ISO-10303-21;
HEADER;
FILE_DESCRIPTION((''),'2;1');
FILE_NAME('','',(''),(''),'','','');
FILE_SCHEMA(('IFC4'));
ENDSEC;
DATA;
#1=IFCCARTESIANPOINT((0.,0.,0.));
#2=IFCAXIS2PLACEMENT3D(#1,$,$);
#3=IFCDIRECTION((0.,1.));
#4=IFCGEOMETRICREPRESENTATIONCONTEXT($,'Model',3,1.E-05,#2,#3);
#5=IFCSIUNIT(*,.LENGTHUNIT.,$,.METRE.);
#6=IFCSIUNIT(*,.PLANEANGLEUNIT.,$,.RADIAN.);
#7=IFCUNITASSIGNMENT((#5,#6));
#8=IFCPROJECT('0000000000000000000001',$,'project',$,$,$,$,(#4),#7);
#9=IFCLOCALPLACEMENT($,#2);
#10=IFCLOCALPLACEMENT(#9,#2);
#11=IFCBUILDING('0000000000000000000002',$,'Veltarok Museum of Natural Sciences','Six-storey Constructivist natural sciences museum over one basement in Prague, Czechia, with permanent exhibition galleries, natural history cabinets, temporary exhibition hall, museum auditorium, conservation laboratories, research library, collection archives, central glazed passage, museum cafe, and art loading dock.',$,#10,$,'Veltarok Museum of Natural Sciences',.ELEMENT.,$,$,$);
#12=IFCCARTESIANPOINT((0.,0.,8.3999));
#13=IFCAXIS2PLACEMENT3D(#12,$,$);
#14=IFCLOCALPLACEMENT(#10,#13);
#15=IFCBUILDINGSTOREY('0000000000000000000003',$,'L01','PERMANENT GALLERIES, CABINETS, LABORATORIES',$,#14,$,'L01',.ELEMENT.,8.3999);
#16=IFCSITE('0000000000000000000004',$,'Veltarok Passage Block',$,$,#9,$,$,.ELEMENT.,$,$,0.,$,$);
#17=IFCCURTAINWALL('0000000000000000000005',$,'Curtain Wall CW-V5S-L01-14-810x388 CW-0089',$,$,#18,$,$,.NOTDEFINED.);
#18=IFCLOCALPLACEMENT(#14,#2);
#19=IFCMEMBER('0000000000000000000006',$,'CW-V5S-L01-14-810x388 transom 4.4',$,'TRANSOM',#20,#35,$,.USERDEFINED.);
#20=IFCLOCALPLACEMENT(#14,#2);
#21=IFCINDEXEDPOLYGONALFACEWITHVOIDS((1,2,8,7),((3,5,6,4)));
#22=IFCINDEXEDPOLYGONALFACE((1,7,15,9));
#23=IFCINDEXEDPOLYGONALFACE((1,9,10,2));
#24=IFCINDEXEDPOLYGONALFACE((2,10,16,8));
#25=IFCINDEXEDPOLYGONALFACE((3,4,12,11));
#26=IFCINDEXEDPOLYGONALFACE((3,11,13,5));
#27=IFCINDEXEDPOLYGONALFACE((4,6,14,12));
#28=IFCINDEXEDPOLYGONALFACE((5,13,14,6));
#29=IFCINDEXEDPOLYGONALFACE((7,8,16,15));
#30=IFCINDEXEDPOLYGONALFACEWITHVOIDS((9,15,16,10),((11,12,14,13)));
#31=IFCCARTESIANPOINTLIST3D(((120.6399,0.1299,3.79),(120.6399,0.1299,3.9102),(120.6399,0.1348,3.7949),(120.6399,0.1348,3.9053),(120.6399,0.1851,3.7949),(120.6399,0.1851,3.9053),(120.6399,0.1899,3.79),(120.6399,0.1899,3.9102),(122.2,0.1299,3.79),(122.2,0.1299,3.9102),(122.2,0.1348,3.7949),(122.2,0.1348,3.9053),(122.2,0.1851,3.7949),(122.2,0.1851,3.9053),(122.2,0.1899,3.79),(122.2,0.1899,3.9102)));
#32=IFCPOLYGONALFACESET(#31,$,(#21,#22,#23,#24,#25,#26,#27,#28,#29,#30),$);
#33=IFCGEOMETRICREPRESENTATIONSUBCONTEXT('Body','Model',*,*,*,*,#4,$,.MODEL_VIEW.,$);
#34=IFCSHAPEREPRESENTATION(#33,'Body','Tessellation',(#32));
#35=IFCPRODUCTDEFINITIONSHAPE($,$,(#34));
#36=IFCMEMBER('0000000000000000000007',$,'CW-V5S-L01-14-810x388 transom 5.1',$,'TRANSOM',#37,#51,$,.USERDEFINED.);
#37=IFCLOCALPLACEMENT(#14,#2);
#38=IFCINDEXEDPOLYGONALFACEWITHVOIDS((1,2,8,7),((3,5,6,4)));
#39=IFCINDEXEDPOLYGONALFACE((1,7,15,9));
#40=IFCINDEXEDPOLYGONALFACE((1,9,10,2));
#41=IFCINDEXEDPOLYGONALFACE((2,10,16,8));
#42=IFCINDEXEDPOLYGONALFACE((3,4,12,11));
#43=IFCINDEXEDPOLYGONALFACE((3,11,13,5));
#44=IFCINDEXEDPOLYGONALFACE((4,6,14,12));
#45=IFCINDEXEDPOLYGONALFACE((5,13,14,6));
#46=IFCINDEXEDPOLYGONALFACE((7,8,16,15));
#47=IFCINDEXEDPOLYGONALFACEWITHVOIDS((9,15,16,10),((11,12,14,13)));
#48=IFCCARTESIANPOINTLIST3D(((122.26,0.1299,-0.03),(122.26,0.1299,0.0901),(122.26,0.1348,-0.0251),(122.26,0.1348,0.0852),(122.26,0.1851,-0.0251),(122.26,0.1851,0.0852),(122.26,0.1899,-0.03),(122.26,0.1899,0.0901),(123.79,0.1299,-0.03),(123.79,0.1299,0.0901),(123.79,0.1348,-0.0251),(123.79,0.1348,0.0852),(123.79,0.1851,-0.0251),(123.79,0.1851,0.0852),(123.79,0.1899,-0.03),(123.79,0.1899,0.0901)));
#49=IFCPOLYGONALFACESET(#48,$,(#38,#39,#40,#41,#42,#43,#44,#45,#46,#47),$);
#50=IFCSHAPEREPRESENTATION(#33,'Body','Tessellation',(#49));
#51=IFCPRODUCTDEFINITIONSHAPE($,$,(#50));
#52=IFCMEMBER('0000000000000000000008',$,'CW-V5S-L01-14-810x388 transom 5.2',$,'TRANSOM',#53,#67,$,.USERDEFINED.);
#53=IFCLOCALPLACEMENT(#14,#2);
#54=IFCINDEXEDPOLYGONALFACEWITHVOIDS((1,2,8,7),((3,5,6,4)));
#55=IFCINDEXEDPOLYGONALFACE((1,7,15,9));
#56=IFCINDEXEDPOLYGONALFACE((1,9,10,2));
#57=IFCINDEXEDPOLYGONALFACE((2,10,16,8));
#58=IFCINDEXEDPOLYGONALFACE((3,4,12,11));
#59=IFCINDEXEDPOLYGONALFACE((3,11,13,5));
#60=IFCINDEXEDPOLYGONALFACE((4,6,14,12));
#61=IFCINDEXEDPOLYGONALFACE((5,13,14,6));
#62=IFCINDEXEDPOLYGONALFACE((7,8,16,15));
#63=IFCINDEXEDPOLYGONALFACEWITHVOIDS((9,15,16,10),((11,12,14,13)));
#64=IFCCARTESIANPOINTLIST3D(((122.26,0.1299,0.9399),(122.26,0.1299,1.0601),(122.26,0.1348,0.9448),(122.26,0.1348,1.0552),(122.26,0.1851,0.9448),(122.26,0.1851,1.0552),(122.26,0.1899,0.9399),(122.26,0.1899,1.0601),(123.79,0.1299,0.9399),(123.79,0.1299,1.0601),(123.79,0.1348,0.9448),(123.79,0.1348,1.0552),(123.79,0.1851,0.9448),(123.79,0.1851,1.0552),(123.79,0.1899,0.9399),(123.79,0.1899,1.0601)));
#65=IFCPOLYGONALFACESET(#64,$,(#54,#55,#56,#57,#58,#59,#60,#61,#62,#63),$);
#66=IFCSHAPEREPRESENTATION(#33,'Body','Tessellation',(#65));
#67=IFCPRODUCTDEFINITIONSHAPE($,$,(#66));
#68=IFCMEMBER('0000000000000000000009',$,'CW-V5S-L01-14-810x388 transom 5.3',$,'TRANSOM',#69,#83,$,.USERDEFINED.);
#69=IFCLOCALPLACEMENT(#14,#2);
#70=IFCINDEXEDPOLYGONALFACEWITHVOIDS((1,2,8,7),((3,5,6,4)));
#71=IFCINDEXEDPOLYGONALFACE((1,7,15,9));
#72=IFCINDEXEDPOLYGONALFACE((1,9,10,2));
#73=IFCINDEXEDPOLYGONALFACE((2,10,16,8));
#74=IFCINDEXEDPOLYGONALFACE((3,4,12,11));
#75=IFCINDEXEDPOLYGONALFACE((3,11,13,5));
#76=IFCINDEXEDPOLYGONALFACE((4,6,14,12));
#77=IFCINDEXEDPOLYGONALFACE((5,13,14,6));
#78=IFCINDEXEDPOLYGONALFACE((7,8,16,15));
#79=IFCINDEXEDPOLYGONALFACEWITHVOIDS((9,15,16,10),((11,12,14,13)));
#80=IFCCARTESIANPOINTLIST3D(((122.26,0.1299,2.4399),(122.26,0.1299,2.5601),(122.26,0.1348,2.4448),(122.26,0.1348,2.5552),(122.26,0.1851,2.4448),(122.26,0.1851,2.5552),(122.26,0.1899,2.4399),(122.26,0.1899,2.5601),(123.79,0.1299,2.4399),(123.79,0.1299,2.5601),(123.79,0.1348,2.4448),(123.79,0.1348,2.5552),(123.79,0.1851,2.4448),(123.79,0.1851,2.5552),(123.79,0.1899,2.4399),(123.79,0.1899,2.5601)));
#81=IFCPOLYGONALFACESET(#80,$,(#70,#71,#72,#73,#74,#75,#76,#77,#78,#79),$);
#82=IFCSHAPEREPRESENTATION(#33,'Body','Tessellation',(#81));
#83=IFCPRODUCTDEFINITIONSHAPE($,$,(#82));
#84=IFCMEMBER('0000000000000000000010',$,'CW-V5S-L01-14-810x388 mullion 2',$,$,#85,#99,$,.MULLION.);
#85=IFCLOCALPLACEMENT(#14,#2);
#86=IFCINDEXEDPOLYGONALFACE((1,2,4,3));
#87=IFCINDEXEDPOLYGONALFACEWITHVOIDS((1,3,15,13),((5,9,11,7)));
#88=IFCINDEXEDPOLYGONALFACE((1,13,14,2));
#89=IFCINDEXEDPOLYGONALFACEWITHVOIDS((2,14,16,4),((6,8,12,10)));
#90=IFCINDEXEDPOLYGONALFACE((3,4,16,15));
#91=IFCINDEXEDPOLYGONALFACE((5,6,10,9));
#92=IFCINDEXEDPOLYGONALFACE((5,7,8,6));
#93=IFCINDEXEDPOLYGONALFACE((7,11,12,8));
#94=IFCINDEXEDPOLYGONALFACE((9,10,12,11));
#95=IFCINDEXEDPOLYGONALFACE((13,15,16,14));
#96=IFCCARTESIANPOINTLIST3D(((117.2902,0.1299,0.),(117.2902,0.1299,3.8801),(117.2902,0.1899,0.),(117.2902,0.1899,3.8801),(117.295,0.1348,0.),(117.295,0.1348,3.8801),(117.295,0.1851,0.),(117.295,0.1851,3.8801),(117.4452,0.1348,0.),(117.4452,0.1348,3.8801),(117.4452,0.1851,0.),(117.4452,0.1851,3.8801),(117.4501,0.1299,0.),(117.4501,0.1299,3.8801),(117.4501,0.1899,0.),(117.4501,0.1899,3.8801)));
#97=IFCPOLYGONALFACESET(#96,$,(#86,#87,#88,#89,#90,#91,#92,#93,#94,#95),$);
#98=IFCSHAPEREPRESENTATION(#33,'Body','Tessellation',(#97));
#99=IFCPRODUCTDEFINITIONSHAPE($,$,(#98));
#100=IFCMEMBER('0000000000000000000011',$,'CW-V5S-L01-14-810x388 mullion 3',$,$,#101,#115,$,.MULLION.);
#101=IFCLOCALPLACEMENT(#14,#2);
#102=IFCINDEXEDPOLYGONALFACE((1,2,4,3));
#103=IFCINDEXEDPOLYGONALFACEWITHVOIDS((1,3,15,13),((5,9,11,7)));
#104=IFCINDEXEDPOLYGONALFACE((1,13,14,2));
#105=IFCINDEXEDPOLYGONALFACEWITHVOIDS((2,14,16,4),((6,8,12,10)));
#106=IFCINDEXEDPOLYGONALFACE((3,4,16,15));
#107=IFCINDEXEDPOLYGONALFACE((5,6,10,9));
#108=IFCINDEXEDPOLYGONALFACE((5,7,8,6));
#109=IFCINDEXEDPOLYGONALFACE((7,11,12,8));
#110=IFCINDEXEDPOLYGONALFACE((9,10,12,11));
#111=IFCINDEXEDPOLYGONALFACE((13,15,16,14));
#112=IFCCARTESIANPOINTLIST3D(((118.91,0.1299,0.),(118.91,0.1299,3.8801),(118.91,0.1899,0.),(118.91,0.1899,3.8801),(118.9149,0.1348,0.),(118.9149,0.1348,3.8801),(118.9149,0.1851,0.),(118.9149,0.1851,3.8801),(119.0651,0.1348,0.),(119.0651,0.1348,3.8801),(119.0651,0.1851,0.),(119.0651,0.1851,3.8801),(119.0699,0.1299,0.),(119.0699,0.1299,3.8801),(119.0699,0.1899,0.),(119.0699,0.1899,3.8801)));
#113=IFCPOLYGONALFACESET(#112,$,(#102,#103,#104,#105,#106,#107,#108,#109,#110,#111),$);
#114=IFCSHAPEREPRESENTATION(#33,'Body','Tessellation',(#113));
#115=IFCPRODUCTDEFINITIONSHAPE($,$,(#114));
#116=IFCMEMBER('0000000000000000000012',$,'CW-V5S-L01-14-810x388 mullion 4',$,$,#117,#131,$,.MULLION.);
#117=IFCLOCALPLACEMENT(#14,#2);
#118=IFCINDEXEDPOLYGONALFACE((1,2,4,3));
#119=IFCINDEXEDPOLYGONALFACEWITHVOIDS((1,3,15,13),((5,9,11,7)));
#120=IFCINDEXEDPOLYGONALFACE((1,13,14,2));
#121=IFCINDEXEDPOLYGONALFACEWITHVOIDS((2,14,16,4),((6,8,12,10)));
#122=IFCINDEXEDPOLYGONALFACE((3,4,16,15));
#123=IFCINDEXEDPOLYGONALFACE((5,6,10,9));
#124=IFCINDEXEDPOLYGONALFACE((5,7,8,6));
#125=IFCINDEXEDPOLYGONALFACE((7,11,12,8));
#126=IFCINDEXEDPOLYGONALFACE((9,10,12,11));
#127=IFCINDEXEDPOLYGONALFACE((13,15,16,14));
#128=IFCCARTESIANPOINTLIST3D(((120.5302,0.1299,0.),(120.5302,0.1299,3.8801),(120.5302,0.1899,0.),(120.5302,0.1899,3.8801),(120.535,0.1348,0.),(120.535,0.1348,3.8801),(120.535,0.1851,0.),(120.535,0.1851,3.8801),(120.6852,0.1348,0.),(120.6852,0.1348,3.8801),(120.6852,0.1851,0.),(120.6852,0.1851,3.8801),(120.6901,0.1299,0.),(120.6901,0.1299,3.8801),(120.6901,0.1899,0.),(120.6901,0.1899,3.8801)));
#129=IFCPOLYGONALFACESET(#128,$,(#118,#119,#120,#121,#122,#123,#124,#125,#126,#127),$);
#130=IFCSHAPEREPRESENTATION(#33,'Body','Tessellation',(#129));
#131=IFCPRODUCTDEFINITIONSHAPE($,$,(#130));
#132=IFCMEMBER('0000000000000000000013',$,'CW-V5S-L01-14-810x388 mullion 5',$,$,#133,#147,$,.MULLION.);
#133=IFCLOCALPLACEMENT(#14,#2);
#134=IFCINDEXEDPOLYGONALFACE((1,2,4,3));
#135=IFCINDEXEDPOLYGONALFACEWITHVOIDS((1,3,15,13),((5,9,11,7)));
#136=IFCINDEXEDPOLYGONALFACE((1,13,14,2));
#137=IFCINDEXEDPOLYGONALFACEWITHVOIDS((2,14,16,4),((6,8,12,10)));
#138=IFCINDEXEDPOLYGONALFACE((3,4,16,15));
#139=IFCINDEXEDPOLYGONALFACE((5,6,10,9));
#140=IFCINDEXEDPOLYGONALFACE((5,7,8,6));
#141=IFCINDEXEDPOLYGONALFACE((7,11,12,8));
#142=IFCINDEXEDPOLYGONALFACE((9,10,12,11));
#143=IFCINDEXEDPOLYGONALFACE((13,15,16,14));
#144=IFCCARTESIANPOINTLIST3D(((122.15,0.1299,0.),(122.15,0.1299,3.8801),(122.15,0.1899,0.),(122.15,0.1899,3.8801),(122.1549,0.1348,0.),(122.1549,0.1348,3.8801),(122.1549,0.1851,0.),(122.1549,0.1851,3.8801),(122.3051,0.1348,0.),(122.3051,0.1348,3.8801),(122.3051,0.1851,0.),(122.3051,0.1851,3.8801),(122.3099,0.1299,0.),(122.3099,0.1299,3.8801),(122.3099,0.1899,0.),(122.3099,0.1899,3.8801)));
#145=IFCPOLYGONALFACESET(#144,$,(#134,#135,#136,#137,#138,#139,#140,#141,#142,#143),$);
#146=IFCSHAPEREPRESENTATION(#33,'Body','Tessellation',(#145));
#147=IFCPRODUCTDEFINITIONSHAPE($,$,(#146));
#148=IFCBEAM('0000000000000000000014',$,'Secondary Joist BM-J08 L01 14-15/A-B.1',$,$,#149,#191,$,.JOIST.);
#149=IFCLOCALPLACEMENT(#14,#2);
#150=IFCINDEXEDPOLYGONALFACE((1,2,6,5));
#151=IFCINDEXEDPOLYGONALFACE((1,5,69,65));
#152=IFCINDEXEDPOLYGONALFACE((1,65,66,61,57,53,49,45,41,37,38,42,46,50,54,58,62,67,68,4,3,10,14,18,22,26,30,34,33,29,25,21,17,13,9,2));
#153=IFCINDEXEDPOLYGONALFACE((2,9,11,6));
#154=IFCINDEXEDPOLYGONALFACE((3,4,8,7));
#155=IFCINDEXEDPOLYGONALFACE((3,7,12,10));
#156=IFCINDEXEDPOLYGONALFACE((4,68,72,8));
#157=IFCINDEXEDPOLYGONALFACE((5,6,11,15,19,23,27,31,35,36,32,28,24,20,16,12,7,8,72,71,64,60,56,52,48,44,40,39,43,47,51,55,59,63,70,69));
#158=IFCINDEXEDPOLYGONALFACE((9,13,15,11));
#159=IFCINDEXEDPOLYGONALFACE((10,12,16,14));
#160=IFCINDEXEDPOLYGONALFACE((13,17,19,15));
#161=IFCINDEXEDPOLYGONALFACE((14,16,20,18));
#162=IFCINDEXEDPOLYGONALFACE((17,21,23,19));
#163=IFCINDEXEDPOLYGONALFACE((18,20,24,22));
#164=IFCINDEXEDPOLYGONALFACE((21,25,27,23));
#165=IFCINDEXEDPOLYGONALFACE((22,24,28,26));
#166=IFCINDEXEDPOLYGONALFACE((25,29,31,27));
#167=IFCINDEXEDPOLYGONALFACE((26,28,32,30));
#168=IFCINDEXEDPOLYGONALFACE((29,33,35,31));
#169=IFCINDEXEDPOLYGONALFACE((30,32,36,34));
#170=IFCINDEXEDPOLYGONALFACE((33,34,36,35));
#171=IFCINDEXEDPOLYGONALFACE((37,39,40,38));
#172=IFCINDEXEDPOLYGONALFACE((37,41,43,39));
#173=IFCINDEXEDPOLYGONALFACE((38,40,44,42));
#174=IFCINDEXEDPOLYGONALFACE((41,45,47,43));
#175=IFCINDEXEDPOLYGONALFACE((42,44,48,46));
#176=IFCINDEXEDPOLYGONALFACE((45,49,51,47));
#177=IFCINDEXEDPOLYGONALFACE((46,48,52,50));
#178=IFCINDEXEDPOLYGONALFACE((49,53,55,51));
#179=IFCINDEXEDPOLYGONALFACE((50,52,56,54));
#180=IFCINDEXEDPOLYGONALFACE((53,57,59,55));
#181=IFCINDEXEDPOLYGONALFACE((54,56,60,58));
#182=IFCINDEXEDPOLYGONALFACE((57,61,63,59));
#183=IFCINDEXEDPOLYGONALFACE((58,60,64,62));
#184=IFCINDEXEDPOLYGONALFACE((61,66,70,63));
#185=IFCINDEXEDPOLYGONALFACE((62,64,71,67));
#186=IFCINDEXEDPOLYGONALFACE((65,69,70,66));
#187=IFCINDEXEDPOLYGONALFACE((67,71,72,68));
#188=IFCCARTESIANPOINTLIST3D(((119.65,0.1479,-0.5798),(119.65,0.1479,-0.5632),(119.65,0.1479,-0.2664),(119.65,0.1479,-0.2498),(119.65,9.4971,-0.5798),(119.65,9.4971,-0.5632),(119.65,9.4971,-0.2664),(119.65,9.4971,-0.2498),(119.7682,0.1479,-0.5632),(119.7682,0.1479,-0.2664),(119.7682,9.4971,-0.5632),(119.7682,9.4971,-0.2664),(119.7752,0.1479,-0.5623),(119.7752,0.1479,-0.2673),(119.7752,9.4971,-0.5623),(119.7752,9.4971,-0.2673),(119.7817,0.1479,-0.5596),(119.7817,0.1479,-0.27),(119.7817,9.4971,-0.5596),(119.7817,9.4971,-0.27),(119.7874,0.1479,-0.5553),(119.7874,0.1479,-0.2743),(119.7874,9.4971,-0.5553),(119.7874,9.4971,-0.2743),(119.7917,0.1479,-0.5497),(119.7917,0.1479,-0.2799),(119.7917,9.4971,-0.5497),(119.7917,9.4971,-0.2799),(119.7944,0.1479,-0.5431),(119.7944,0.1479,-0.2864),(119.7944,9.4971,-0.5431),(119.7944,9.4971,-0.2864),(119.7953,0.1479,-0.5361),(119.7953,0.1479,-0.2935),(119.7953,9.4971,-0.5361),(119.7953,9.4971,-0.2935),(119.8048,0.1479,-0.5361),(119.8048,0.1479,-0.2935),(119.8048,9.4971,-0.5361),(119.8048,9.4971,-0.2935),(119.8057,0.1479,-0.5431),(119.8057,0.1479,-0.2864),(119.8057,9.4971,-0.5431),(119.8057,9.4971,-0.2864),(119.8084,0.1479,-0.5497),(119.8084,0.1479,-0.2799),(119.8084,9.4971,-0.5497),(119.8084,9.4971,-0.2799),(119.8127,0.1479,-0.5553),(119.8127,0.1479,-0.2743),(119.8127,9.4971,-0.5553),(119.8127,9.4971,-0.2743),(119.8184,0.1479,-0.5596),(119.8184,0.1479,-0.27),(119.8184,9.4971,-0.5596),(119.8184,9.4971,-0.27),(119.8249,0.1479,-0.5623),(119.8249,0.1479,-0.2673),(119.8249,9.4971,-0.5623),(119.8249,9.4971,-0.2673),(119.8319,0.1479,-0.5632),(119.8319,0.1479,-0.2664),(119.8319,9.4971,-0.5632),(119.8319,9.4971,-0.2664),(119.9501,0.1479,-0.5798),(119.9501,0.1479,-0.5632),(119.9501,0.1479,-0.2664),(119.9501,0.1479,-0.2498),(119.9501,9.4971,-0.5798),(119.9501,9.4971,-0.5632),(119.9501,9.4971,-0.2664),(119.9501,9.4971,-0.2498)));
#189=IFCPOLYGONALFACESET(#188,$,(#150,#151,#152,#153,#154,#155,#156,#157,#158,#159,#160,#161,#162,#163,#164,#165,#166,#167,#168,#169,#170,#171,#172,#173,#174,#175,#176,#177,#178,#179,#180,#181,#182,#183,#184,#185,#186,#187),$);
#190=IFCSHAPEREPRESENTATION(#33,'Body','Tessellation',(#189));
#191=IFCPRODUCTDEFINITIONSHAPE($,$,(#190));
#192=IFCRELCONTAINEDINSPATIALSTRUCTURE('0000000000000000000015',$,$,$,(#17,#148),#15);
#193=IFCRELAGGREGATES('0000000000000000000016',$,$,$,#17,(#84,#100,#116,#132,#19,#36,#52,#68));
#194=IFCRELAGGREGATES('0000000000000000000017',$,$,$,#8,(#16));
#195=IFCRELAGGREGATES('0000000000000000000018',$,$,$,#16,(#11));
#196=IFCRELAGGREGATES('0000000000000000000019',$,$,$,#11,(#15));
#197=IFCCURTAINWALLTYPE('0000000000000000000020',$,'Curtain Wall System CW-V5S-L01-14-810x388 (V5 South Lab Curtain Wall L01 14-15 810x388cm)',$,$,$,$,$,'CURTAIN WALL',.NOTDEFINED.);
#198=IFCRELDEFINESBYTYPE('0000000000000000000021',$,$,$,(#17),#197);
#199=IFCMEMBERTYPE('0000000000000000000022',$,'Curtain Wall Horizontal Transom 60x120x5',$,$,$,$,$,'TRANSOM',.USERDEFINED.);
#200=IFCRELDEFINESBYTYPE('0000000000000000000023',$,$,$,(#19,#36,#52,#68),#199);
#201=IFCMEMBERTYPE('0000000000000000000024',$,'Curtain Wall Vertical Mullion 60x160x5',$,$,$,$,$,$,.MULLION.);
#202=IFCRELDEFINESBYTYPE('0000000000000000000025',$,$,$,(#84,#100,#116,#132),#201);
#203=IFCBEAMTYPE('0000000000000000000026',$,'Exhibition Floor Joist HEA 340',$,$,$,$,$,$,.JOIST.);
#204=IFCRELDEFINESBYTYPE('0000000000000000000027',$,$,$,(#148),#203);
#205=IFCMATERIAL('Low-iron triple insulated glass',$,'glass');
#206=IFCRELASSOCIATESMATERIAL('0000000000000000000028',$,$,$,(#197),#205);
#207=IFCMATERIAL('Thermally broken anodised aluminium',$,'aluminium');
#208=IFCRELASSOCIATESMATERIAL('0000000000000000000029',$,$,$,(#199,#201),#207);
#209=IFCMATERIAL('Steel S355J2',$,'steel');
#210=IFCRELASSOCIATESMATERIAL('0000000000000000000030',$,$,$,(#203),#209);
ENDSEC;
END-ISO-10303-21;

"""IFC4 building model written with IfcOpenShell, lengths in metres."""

from ifc_helpers import new_model, si_unit, direction, frame, origin, origin_2d, place, context, subcontext, project, spatial, hollow_rectangle, i_section, extrude, material, material_profile, profile_set, type_object, element, aggregate, save


model = new_model("IFC4")

# Units and contexts
model_context = context("Model", 3, precision=1e-05, world=origin(), true_north=direction((0.0, 1.0)))
body_context = subcontext(model_context, "Body", "Model", "MODEL_VIEW")
ifc_project = project(units=[si_unit("LENGTHUNIT", "METRE"), si_unit("PLANEANGLEUNIT", "RADIAN")], contexts=[model_context])

# Site, building, storey
site_placement = place(None, origin())
site = spatial("IfcSite", under=ifc_project, at=site_placement, Name="Veltarok Passage Block", CompositionType="ELEMENT", RefElevation=0.0)
building_placement = place(site_placement, origin())
building = spatial("IfcBuilding", under=site, at=building_placement, Name="Veltarok Museum of Natural Sciences", Description="Six-storey Constructivist natural sciences museum over one basement in Prague, Czechia, with permanent exhibition galleries, natural history cabinets, temporary exhibition hall, museum auditorium, conservation laboratories, research library, collection archives, central glazed passage, museum cafe, and art loading dock.", LongName="Veltarok Museum of Natural Sciences", CompositionType="ELEMENT")
storey_placement = place(building_placement, frame((0.0, 0.0, 8.3999)))
storey = spatial("IfcBuildingStorey", under=building, at=storey_placement, Name="L01", Description="PERMANENT GALLERIES, CABINETS, LABORATORIES", LongName="L01", CompositionType="ELEMENT", Elevation=8.3999)

# Curtain wall, members
ifc_material_1 = material(Name="Low-iron triple insulated glass", Category="glass")
curtain_wall_type = type_object("IfcCurtainWallType", Name="Curtain Wall System CW-V5S-L01-14-810x388 (V5 South Lab Curtain Wall L01 14-15 810x388cm)", ElementType="CURTAIN WALL", PredefinedType="NOTDEFINED", material=ifc_material_1)
curtain_wall_placement = place(storey_placement, origin())
curtain_wall = element("IfcCurtainWall", 1, at=curtain_wall_placement, inside=storey, type_object=curtain_wall_type, Name="Curtain Wall CW-V5S-L01-14-810x388 CW-0089", PredefinedType="NOTDEFINED")
ifc_material_2 = material(Name="Thermally broken anodised aluminium", Category="aluminium")
ifc_material_profile_1 = material_profile(ifc_material_2, hollow_rectangle(XDim=0.0601, YDim=0.1201, WallThickness=0.0049, at=origin_2d()), Name="CW TRANSOM 60x120x5")
ifc_profile_set_1 = profile_set([ifc_material_profile_1], Name="Thermally broken anodised aluminium")
member_type_1 = type_object("IfcMemberType", Name="Curtain Wall Horizontal Transom 60x120x5", ElementType="TRANSOM", PredefinedType="USERDEFINED", material=ifc_profile_set_1)
member_1_placement = place(storey_placement, frame((120.6399, 0.1599, 3.8501), z_axis=(1.0, 0.0, 0.0), x_axis=(0.0, 1.0, 0.0)))
member_1 = element("IfcMember", 2, at=member_1_placement, type_object=member_type_1, Name="CW-V5S-L01-14-810x388 transom 4.4", ObjectType="TRANSOM", PredefinedType="USERDEFINED", context=body_context, shape_type="SweptSolid", body=[
    extrude(hollow_rectangle(XDim=0.0601, YDim=0.1201, WallThickness=0.0049, at=origin_2d()), origin(), (0.0, 0.0, 1.0), 1.5601),
])
member_2_placement = place(storey_placement, frame((122.26, 0.1599, 0.03), z_axis=(1.0, 0.0, 0.0), x_axis=(0.0, 1.0, 0.0)))
member_2 = element("IfcMember", 3, at=member_2_placement, type_object=member_type_1, Name="CW-V5S-L01-14-810x388 transom 5.1", ObjectType="TRANSOM", PredefinedType="USERDEFINED", context=body_context, shape_type="SweptSolid", body=[
    extrude(hollow_rectangle(XDim=0.0601, YDim=0.1201, WallThickness=0.0049, at=origin_2d()), origin(), (0.0, 0.0, 1.0), 1.53),
])
member_3_placement = place(storey_placement, frame((122.26, 0.1599, 1.0), z_axis=(1.0, 0.0, 0.0), x_axis=(0.0, 1.0, 0.0)))
member_3 = element("IfcMember", 4, at=member_3_placement, type_object=member_type_1, Name="CW-V5S-L01-14-810x388 transom 5.2", ObjectType="TRANSOM", PredefinedType="USERDEFINED", context=body_context, shape_type="SweptSolid", body=[
    extrude(hollow_rectangle(XDim=0.0601, YDim=0.1201, WallThickness=0.0049, at=origin_2d()), origin(), (0.0, 0.0, 1.0), 1.53),
])
member_4_placement = place(storey_placement, frame((122.26, 0.1599, 2.5), z_axis=(1.0, 0.0, 0.0), x_axis=(0.0, 1.0, 0.0)))
member_4 = element("IfcMember", 5, at=member_4_placement, type_object=member_type_1, Name="CW-V5S-L01-14-810x388 transom 5.3", ObjectType="TRANSOM", PredefinedType="USERDEFINED", context=body_context, shape_type="SweptSolid", body=[
    extrude(hollow_rectangle(XDim=0.0601, YDim=0.1201, WallThickness=0.0049, at=origin_2d()), origin(), (0.0, 0.0, 1.0), 1.53),
])
ifc_material_profile_2 = material_profile(ifc_material_2, hollow_rectangle(XDim=0.0601, YDim=0.1599, WallThickness=0.0049, at=origin_2d()), Name="CW MULLION 60x160x5")
ifc_profile_set_2 = profile_set([ifc_material_profile_2], Name="Thermally broken anodised aluminium")
member_type_2 = type_object("IfcMemberType", Name="Curtain Wall Vertical Mullion 60x160x5", PredefinedType="MULLION", material=ifc_profile_set_2)
member_5_placement = place(storey_placement, frame((117.3701, 0.1599, 0.0), z_axis=(0.0, 0.0, 1.0), x_axis=(0.0, 1.0, 0.0)))
member_5 = element("IfcMember", 6, at=member_5_placement, type_object=member_type_2, Name="CW-V5S-L01-14-810x388 mullion 2", PredefinedType="MULLION", context=body_context, shape_type="SweptSolid", body=[
    extrude(hollow_rectangle(XDim=0.0601, YDim=0.1599, WallThickness=0.0049, at=origin_2d()), origin(), (0.0, 0.0, 1.0), 3.8801),
])
member_6_placement = place(storey_placement, frame((118.99, 0.1599, 0.0), z_axis=(0.0, 0.0, 1.0), x_axis=(0.0, 1.0, 0.0)))
member_6 = element("IfcMember", 7, at=member_6_placement, type_object=member_type_2, Name="CW-V5S-L01-14-810x388 mullion 3", PredefinedType="MULLION", context=body_context, shape_type="SweptSolid", body=[
    extrude(hollow_rectangle(XDim=0.0601, YDim=0.1599, WallThickness=0.0049, at=origin_2d()), origin(), (0.0, 0.0, 1.0), 3.8801),
])
member_7_placement = place(storey_placement, frame((120.6101, 0.1599, 0.0), z_axis=(0.0, 0.0, 1.0), x_axis=(0.0, 1.0, 0.0)))
member_7 = element("IfcMember", 8, at=member_7_placement, type_object=member_type_2, Name="CW-V5S-L01-14-810x388 mullion 4", PredefinedType="MULLION", context=body_context, shape_type="SweptSolid", body=[
    extrude(hollow_rectangle(XDim=0.0601, YDim=0.1599, WallThickness=0.0049, at=origin_2d()), origin(), (0.0, 0.0, 1.0), 3.8801),
])
member_8_placement = place(storey_placement, frame((122.23, 0.1599, 0.0), z_axis=(0.0, 0.0, 1.0), x_axis=(0.0, 1.0, 0.0)))
member_8 = element("IfcMember", 9, at=member_8_placement, type_object=member_type_2, Name="CW-V5S-L01-14-810x388 mullion 5", PredefinedType="MULLION", context=body_context, shape_type="SweptSolid", body=[
    extrude(hollow_rectangle(XDim=0.0601, YDim=0.1599, WallThickness=0.0049, at=origin_2d()), origin(), (0.0, 0.0, 1.0), 3.8801),
])

# Beam
ifc_material_3 = material(Name="Steel S355J2", Category="steel")
ifc_material_profile_3 = material_profile(ifc_material_3, i_section(OverallWidth=0.3, OverallDepth=0.3301, WebThickness=0.0095, FlangeThickness=0.0166, FilletRadius=0.0271, at=origin_2d()), Name="HEA 340")
ifc_profile_set_3 = profile_set([ifc_material_profile_3], Name="Steel S355J2")
beam_type = type_object("IfcBeamType", Name="Exhibition Floor Joist HEA 340", PredefinedType="JOIST", material=ifc_profile_set_3)
beam_placement = place(storey_placement, frame((119.8, 0.1479, -0.4148), z_axis=(0.0, 1.0, 0.0), x_axis=(-1.0, 0.0, 0.0)))
element("IfcBeam", 10, at=beam_placement, inside=storey, type_object=beam_type, Name="Secondary Joist BM-J08 L01 14-15/A-B.1", PredefinedType="JOIST", context=body_context, shape_type="SweptSolid", body=[
    extrude(i_section(OverallWidth=0.3, OverallDepth=0.3301, WebThickness=0.0095, FlangeThickness=0.0166, FilletRadius=0.0271, at=origin_2d()), origin(), (0.0, 0.0, 1.0), 9.3491),
])

aggregate(curtain_wall, [member_5, member_6, member_7, member_8, member_1, member_2, member_3, member_4])

save(model, "model.ifc")
